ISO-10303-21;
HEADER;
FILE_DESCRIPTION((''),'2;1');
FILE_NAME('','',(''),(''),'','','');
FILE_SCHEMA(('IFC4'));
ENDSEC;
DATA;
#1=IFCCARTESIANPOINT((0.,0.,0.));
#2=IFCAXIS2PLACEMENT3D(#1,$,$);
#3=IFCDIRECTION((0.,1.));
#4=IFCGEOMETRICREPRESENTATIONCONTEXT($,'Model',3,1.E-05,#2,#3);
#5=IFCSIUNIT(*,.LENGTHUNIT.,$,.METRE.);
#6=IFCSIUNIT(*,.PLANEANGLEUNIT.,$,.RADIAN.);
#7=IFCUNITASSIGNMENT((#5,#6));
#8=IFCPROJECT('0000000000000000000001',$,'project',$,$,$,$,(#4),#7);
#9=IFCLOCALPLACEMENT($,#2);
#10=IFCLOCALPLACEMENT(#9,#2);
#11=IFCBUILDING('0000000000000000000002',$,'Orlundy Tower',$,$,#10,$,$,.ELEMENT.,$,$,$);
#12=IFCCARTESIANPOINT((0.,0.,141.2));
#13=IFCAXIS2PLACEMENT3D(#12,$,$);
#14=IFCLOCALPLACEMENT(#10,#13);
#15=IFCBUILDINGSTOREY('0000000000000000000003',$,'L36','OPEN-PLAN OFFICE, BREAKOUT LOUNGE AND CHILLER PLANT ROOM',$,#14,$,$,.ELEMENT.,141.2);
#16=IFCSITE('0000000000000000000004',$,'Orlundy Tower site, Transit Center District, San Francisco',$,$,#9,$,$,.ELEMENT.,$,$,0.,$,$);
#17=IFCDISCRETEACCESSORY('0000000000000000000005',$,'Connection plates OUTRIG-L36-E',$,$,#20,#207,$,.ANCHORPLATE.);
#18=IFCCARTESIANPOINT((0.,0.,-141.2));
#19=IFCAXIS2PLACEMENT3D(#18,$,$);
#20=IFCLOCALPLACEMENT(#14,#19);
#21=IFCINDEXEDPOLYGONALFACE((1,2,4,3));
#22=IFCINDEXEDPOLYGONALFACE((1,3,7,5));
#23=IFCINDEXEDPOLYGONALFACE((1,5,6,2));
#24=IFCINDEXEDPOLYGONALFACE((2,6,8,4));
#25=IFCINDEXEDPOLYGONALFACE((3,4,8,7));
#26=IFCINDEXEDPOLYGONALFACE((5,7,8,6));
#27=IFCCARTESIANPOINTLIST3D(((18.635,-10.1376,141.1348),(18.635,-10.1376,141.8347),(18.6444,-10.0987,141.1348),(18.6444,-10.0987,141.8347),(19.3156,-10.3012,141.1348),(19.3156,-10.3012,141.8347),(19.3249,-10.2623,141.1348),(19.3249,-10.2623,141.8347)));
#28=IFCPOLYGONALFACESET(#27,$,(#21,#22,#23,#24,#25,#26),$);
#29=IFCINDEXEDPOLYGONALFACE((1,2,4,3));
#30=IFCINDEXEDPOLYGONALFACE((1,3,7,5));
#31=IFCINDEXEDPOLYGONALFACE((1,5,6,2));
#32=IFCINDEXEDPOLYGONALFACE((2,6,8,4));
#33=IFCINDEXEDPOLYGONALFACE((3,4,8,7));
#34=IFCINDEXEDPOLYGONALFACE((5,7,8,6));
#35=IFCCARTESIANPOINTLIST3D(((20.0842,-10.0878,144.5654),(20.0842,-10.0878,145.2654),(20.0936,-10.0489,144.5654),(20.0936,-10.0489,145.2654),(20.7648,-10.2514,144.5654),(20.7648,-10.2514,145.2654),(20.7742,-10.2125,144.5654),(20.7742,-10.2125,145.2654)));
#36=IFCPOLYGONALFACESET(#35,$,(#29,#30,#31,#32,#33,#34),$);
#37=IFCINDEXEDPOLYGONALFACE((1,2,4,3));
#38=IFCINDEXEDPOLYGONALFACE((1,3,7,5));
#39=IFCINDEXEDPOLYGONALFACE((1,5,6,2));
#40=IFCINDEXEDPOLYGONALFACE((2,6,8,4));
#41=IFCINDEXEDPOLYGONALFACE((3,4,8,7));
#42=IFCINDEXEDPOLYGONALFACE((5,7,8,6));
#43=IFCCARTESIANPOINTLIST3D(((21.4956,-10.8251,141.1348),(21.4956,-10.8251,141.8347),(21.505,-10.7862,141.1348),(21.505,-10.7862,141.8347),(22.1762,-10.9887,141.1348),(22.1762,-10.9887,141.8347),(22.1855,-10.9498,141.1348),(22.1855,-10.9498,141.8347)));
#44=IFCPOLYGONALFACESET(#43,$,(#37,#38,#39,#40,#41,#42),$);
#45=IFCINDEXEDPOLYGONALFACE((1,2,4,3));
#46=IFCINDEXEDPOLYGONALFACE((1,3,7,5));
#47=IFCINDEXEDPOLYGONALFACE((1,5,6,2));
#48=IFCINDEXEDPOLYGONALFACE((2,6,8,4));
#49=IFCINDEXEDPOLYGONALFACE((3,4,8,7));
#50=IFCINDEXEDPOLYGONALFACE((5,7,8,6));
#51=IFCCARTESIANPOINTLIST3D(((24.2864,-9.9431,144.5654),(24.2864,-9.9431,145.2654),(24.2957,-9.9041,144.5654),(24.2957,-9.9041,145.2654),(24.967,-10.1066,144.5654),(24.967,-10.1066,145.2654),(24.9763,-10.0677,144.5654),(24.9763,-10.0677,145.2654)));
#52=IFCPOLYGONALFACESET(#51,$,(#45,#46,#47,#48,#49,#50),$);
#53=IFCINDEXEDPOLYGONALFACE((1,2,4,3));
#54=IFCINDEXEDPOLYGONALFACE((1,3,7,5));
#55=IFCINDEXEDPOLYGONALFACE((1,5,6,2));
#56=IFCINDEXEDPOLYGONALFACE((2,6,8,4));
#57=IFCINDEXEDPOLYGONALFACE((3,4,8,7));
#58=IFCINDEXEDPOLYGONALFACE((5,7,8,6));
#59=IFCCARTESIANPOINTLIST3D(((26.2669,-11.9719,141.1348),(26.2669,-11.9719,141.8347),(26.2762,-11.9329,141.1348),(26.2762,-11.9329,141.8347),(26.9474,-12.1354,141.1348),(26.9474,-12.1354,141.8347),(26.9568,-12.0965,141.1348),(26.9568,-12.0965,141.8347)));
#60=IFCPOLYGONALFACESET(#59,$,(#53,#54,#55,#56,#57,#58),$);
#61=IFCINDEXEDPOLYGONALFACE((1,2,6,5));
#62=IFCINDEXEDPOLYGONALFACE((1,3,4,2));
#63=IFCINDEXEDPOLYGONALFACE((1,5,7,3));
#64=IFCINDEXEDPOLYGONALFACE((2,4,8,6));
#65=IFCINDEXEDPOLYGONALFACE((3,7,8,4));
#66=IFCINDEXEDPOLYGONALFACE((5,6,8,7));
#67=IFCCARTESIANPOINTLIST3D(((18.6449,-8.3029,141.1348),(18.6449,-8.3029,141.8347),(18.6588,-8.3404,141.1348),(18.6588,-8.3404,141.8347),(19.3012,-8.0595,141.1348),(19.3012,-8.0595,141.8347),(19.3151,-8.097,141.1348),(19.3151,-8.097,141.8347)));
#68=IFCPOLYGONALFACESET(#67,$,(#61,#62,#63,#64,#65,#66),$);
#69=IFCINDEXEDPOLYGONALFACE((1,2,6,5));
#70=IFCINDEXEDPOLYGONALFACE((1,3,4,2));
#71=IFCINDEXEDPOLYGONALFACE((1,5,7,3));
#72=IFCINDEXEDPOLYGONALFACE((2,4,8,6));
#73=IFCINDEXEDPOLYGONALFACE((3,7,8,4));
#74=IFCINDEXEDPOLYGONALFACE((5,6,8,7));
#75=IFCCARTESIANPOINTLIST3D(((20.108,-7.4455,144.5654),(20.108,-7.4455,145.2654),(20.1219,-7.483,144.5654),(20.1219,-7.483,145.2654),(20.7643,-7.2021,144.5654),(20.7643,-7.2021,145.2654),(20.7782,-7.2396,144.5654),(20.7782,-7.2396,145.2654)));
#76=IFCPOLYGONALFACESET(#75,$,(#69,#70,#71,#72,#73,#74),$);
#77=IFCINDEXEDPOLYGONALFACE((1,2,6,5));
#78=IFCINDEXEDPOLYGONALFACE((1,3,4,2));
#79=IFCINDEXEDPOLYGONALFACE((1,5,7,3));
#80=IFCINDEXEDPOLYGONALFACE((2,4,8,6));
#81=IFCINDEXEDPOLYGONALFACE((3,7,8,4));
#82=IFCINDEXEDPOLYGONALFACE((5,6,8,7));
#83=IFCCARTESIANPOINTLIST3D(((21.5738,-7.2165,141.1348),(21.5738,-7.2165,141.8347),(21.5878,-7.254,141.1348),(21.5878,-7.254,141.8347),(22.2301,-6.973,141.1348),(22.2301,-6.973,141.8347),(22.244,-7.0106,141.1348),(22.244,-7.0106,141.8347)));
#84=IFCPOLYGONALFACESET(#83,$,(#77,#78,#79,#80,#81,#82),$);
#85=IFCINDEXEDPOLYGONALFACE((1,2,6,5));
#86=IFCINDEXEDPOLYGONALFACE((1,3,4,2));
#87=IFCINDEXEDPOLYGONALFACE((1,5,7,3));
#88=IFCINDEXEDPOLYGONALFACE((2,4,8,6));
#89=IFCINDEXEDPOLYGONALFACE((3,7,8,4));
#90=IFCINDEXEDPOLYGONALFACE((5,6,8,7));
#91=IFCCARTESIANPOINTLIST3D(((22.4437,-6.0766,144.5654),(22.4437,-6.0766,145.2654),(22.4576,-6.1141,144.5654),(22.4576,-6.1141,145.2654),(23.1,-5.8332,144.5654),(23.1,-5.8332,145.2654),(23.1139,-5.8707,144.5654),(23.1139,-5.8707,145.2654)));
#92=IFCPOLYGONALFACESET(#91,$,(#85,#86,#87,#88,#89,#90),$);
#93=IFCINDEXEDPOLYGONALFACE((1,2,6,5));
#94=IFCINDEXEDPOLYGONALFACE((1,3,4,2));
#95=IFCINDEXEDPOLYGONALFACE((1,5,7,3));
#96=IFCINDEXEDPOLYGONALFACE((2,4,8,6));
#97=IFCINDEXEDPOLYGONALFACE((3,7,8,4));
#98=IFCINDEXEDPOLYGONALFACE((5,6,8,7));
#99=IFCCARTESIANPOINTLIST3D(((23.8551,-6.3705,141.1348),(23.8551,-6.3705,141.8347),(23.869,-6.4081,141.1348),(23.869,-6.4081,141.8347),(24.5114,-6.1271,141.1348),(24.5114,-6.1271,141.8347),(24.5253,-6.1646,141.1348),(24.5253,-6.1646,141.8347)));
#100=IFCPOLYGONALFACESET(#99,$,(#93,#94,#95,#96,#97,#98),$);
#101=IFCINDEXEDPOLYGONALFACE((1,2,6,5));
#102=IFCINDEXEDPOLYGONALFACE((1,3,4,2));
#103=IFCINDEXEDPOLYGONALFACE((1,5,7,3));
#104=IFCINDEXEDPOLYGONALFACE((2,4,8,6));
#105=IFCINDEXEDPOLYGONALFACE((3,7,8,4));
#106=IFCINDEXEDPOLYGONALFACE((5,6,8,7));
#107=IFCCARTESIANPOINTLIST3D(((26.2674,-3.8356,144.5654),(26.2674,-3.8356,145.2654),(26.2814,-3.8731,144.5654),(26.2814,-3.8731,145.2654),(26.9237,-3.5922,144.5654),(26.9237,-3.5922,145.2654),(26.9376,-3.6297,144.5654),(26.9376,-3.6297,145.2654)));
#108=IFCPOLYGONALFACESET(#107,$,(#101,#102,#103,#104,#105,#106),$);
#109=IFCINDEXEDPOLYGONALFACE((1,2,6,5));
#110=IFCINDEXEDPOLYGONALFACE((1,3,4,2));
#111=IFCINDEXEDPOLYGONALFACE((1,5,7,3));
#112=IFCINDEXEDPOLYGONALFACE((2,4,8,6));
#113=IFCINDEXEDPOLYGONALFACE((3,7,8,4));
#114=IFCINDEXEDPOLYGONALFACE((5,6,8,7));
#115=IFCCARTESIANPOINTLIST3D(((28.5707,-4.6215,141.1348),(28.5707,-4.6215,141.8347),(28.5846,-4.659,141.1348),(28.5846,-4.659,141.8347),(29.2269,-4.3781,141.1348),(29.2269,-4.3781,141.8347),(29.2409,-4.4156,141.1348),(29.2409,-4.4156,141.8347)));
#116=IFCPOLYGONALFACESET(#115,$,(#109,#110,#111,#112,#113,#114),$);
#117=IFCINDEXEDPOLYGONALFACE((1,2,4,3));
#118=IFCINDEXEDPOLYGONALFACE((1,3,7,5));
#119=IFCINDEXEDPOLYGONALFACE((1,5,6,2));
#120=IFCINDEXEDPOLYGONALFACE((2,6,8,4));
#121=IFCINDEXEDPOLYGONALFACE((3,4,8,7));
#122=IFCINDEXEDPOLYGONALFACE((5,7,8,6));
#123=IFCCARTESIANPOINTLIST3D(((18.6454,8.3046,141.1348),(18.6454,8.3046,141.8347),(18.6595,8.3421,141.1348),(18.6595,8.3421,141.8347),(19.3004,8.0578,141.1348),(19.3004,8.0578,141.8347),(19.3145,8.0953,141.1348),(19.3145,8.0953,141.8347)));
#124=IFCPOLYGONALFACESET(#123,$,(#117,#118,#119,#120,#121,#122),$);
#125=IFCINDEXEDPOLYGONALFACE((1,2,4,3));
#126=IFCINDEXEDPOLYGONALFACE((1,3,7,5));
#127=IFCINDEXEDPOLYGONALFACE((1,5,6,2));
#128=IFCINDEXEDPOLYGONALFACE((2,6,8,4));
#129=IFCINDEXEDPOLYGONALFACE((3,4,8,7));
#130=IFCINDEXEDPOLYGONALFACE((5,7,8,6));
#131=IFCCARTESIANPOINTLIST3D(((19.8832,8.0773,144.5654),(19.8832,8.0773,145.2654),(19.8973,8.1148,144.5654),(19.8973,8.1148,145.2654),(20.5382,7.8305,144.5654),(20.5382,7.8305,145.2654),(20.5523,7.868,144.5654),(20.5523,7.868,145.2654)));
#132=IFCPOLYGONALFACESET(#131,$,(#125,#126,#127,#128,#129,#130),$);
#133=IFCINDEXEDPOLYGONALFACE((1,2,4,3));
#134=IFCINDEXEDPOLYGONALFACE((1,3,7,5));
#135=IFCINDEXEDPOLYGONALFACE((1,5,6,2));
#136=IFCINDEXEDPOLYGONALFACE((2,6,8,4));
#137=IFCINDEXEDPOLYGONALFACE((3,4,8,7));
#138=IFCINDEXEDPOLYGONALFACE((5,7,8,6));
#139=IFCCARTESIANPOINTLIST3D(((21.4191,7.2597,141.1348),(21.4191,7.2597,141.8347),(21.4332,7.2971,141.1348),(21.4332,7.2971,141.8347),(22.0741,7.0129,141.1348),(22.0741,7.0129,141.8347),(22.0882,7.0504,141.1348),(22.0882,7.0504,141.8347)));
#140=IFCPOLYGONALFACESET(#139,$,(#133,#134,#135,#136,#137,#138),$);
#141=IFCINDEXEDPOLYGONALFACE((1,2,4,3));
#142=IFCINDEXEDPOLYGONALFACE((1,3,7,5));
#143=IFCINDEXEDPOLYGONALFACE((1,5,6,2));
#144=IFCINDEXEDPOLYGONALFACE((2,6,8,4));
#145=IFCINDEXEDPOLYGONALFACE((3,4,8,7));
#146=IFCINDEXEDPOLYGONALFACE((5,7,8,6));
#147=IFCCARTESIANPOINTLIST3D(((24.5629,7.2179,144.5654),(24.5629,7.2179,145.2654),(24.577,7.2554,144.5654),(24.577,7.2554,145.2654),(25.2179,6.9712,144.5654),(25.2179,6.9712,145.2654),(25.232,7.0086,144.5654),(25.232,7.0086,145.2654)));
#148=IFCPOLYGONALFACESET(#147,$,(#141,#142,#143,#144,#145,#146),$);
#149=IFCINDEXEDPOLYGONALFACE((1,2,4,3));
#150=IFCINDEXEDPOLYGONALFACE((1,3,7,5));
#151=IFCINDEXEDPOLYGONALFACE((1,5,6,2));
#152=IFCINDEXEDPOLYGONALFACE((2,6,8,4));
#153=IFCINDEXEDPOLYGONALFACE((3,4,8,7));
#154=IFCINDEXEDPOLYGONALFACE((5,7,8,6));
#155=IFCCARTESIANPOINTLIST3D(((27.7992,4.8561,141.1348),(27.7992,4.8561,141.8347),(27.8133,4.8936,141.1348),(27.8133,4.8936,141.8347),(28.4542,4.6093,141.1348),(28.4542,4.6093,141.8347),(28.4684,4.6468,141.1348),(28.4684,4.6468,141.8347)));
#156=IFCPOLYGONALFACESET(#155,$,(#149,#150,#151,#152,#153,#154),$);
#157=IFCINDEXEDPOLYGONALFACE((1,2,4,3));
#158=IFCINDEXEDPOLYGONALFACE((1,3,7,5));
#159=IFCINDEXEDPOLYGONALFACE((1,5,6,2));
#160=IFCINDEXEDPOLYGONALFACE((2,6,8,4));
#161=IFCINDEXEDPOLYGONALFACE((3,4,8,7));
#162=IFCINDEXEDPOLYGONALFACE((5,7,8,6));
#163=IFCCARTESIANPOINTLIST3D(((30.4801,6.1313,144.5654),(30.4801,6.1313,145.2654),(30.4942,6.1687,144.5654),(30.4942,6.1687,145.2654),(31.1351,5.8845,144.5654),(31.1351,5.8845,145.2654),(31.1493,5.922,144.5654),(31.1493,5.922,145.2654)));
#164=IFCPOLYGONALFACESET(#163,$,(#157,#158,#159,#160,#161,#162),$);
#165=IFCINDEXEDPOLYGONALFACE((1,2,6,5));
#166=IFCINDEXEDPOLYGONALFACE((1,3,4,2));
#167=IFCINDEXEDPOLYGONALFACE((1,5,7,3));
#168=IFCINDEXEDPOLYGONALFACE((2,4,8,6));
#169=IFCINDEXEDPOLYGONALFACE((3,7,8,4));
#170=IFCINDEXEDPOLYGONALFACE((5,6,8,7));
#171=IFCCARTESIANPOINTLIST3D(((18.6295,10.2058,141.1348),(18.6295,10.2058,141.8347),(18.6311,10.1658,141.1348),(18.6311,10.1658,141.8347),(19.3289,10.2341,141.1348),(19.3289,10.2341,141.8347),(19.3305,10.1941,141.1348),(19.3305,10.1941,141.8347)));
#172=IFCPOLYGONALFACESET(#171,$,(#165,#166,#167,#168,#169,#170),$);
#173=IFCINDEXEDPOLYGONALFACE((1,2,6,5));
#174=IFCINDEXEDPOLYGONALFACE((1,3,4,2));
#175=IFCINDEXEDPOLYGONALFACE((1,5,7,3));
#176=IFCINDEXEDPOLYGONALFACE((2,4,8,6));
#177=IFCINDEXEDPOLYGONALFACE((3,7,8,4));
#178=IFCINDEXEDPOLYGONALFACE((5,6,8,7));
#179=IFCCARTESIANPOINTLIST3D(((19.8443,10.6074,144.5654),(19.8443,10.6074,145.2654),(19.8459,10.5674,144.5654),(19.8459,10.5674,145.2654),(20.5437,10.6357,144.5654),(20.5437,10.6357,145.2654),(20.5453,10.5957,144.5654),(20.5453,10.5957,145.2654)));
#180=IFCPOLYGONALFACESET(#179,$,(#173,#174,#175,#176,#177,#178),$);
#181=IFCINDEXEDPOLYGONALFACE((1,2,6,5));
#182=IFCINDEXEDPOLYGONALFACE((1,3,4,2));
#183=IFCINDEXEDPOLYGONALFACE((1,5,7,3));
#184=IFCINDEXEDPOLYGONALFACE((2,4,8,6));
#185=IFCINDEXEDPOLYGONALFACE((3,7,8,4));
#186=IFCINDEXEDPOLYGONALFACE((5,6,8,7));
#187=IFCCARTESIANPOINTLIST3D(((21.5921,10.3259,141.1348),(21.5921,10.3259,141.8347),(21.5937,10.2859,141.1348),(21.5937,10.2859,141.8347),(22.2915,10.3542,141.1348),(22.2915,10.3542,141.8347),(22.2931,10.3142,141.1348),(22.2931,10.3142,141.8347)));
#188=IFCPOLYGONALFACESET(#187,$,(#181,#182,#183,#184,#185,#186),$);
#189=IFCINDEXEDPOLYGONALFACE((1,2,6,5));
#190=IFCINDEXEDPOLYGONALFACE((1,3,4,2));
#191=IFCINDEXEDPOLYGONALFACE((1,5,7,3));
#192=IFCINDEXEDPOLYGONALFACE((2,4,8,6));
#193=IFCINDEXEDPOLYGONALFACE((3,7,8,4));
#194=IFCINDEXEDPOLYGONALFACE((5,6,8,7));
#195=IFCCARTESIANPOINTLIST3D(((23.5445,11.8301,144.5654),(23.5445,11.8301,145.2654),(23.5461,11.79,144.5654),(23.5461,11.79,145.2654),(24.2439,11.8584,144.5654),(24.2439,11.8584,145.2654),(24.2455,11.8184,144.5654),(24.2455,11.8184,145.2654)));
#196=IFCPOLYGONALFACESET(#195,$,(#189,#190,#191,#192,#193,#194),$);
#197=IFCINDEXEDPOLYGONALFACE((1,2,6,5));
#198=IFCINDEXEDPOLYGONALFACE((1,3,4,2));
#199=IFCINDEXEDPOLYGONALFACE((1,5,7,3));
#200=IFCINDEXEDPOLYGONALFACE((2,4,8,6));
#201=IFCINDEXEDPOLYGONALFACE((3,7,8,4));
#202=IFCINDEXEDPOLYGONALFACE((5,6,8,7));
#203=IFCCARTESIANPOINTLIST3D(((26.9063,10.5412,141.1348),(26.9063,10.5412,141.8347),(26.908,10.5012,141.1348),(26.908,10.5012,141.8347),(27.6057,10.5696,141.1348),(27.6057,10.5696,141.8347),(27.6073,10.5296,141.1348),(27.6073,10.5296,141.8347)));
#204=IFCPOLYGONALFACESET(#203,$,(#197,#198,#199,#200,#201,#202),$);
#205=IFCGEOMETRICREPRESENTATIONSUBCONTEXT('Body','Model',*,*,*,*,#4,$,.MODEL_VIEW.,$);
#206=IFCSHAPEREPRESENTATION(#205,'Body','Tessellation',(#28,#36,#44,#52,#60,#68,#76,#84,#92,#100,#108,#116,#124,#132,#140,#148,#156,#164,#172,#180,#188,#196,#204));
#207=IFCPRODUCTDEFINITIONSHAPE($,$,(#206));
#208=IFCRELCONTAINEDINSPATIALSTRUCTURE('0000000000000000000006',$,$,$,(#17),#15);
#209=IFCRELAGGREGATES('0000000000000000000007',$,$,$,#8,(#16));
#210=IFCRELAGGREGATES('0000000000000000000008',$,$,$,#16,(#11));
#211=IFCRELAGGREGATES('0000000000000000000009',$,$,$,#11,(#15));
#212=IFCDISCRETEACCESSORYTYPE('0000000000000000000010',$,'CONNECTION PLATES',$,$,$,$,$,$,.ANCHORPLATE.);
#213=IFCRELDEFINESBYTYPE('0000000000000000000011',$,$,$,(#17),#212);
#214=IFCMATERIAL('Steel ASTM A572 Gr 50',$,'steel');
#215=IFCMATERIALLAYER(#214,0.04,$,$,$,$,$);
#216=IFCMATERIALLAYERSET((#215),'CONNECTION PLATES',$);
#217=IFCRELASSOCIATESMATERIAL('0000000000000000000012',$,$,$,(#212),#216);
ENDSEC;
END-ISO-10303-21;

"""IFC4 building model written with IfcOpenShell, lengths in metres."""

from ifc_helpers import new_model, si_unit, direction, frame, origin, origin_2d, place, context, subcontext, project, spatial, rectangle, extrude, material, layer, layer_set, type_object, element, save


model = new_model("IFC4")

# Units and contexts
model_context = context("Model", 3, precision=1e-05, world=origin(), true_north=direction((0.0, 1.0)))
body_context = subcontext(model_context, "Body", "Model", "MODEL_VIEW")
ifc_project = project(units=[si_unit("LENGTHUNIT", "METRE"), si_unit("PLANEANGLEUNIT", "RADIAN")], contexts=[model_context])

# Site, building, storey
site_placement = place(None, origin())
site = spatial("IfcSite", under=ifc_project, at=site_placement, Name="Orlundy Tower site, Transit Center District, San Francisco", CompositionType="ELEMENT", RefElevation=0.0)
building_placement = place(site_placement, origin())
building = spatial("IfcBuilding", under=site, at=building_placement, Name="Orlundy Tower", CompositionType="ELEMENT")
storey_placement = place(building_placement, frame((0.0, 0.0, 141.2)))
storey = spatial("IfcBuildingStorey", under=building, at=storey_placement, Name="L36", Description="OPEN-PLAN OFFICE, BREAKOUT LOUNGE AND CHILLER PLANT ROOM", CompositionType="ELEMENT", Elevation=141.2)

# Discrete accessory
ifc_material_1 = material(Name="Steel ASTM A572 Gr 50", Category="steel")
ifc_layer = layer(ifc_material_1, 0.04)
ifc_layer_set = layer_set([ifc_layer], Name="CONNECTION PLATES")
discrete_accessory_type = type_object("IfcDiscreteAccessoryType", Name="CONNECTION PLATES", PredefinedType="ANCHORPLATE", material=ifc_layer_set)
discrete_accessory_1_placement = place(storey_placement, frame((0.0, 0.0, -141.2)))
element("IfcDiscreteAccessory", 1, at=discrete_accessory_1_placement, inside=storey, type_object=discrete_accessory_type, Name="Connection plates OUTRIG-L36-E", PredefinedType="ANCHORPLATE", context=body_context, shape_type="SweptSolid", body=[
    extrude(rectangle(XDim=0.7, YDim=0.04, at=origin_2d()), frame((18.98, -10.2, 141.1348), z_axis=(0.0, 0.0, 1.0), x_axis=(0.972317, -0.233666, 0.0)), (0.0, 0.0, 1.0), 0.7),
    extrude(rectangle(XDim=0.7, YDim=0.04, at=origin_2d()), frame((20.4292, -10.1501, 144.5654), z_axis=(0.0, 0.0, 1.0), x_axis=(0.972317, -0.233666, 0.0)), (0.0, 0.0, 1.0), 0.7),
    extrude(rectangle(XDim=0.7, YDim=0.04, at=origin_2d()), frame((21.8406, -10.8875, 141.1348), z_axis=(0.0, 0.0, 1.0), x_axis=(0.972317, -0.233666, 0.0)), (0.0, 0.0, 1.0), 0.7),
    extrude(rectangle(XDim=0.7, YDim=0.04, at=origin_2d()), frame((24.6313, -10.0054, 144.5654), z_axis=(0.0, 0.0, 1.0), x_axis=(0.972317, -0.233666, 0.0)), (0.0, 0.0, 1.0), 0.7),
    extrude(rectangle(XDim=0.7, YDim=0.04, at=origin_2d()), frame((26.6118, -12.0342, 141.1348), z_axis=(0.0, 0.0, 1.0), x_axis=(0.972317, -0.233666, 0.0)), (0.0, 0.0, 1.0), 0.7),
    extrude(rectangle(XDim=0.7, YDim=0.04, at=origin_2d()), frame((18.98, -8.2, 141.1348), z_axis=(0.0, 0.0, 1.0), x_axis=(0.937586, 0.347754, 0.0)), (0.0, 0.0, 1.0), 0.7),
    extrude(rectangle(XDim=0.7, YDim=0.04, at=origin_2d()), frame((20.4431, -7.3425, 144.5654), z_axis=(0.0, 0.0, 1.0), x_axis=(0.937586, 0.347754, 0.0)), (0.0, 0.0, 1.0), 0.7),
    extrude(rectangle(XDim=0.7, YDim=0.04, at=origin_2d()), frame((21.9089, -7.1135, 141.1348), z_axis=(0.0, 0.0, 1.0), x_axis=(0.937586, 0.347754, 0.0)), (0.0, 0.0, 1.0), 0.7),
    extrude(rectangle(XDim=0.7, YDim=0.04, at=origin_2d()), frame((22.7788, -5.9736, 144.5654), z_axis=(0.0, 0.0, 1.0), x_axis=(0.937586, 0.347754, 0.0)), (0.0, 0.0, 1.0), 0.7),
    extrude(rectangle(XDim=0.7, YDim=0.04, at=origin_2d()), frame((24.1902, -6.2676, 141.1348), z_axis=(0.0, 0.0, 1.0), x_axis=(0.937586, 0.347754, 0.0)), (0.0, 0.0, 1.0), 0.7),
    extrude(rectangle(XDim=0.7, YDim=0.04, at=origin_2d()), frame((26.6025, -3.7327, 144.5654), z_axis=(0.0, 0.0, 1.0), x_axis=(0.937586, 0.347754, 0.0)), (0.0, 0.0, 1.0), 0.7),
    extrude(rectangle(XDim=0.7, YDim=0.04, at=origin_2d()), frame((28.9058, -4.5186, 141.1348), z_axis=(0.0, 0.0, 1.0), x_axis=(0.937586, 0.347754, 0.0)), (0.0, 0.0, 1.0), 0.7),
    extrude(rectangle(XDim=0.7, YDim=0.04, at=origin_2d()), frame((18.98, 8.2, 141.1348), z_axis=(0.0, 0.0, 1.0), x_axis=(0.935795, -0.352544, 0.0)), (0.0, 0.0, 1.0), 0.7),
    extrude(rectangle(XDim=0.7, YDim=0.04, at=origin_2d()), frame((20.2178, 7.9727, 144.5654), z_axis=(0.0, 0.0, 1.0), x_axis=(0.935795, -0.352544, 0.0)), (0.0, 0.0, 1.0), 0.7),
    extrude(rectangle(XDim=0.7, YDim=0.04, at=origin_2d()), frame((21.7537, 7.155, 141.1348), z_axis=(0.0, 0.0, 1.0), x_axis=(0.935795, -0.352544, 0.0)), (0.0, 0.0, 1.0), 0.7),
    extrude(rectangle(XDim=0.7, YDim=0.04, at=origin_2d()), frame((24.8975, 7.1133, 144.5654), z_axis=(0.0, 0.0, 1.0), x_axis=(0.935795, -0.352544, 0.0)), (0.0, 0.0, 1.0), 0.7),
    extrude(rectangle(XDim=0.7, YDim=0.04, at=origin_2d()), frame((28.1338, 4.7515, 141.1348), z_axis=(0.0, 0.0, 1.0), x_axis=(0.935795, -0.352544, 0.0)), (0.0, 0.0, 1.0), 0.7),
    extrude(rectangle(XDim=0.7, YDim=0.04, at=origin_2d()), frame((30.8147, 6.0266, 144.5654), z_axis=(0.0, 0.0, 1.0), x_axis=(0.935795, -0.352544, 0.0)), (0.0, 0.0, 1.0), 0.7),
    extrude(rectangle(XDim=0.7, YDim=0.04, at=origin_2d()), frame((18.98, 10.2, 141.1348), z_axis=(0.0, 0.0, 1.0), x_axis=(0.99918, 0.040481, 0.0)), (0.0, 0.0, 1.0), 0.7),
    extrude(rectangle(XDim=0.7, YDim=0.04, at=origin_2d()), frame((20.1948, 10.6016, 144.5654), z_axis=(0.0, 0.0, 1.0), x_axis=(0.99918, 0.040481, 0.0)), (0.0, 0.0, 1.0), 0.7),
    extrude(rectangle(XDim=0.7, YDim=0.04, at=origin_2d()), frame((21.9426, 10.3201, 141.1348), z_axis=(0.0, 0.0, 1.0), x_axis=(0.99918, 0.040481, 0.0)), (0.0, 0.0, 1.0), 0.7),
    extrude(rectangle(XDim=0.7, YDim=0.04, at=origin_2d()), frame((23.895, 11.8242, 144.5654), z_axis=(0.0, 0.0, 1.0), x_axis=(0.99918, 0.040481, 0.0)), (0.0, 0.0, 1.0), 0.7),
    extrude(rectangle(XDim=0.7, YDim=0.04, at=origin_2d()), frame((27.2568, 10.5354, 141.1348), z_axis=(0.0, 0.0, 1.0), x_axis=(0.99918, 0.040481, 0.0)), (0.0, 0.0, 1.0), 0.7),
])

save(model, "model.ifc")
